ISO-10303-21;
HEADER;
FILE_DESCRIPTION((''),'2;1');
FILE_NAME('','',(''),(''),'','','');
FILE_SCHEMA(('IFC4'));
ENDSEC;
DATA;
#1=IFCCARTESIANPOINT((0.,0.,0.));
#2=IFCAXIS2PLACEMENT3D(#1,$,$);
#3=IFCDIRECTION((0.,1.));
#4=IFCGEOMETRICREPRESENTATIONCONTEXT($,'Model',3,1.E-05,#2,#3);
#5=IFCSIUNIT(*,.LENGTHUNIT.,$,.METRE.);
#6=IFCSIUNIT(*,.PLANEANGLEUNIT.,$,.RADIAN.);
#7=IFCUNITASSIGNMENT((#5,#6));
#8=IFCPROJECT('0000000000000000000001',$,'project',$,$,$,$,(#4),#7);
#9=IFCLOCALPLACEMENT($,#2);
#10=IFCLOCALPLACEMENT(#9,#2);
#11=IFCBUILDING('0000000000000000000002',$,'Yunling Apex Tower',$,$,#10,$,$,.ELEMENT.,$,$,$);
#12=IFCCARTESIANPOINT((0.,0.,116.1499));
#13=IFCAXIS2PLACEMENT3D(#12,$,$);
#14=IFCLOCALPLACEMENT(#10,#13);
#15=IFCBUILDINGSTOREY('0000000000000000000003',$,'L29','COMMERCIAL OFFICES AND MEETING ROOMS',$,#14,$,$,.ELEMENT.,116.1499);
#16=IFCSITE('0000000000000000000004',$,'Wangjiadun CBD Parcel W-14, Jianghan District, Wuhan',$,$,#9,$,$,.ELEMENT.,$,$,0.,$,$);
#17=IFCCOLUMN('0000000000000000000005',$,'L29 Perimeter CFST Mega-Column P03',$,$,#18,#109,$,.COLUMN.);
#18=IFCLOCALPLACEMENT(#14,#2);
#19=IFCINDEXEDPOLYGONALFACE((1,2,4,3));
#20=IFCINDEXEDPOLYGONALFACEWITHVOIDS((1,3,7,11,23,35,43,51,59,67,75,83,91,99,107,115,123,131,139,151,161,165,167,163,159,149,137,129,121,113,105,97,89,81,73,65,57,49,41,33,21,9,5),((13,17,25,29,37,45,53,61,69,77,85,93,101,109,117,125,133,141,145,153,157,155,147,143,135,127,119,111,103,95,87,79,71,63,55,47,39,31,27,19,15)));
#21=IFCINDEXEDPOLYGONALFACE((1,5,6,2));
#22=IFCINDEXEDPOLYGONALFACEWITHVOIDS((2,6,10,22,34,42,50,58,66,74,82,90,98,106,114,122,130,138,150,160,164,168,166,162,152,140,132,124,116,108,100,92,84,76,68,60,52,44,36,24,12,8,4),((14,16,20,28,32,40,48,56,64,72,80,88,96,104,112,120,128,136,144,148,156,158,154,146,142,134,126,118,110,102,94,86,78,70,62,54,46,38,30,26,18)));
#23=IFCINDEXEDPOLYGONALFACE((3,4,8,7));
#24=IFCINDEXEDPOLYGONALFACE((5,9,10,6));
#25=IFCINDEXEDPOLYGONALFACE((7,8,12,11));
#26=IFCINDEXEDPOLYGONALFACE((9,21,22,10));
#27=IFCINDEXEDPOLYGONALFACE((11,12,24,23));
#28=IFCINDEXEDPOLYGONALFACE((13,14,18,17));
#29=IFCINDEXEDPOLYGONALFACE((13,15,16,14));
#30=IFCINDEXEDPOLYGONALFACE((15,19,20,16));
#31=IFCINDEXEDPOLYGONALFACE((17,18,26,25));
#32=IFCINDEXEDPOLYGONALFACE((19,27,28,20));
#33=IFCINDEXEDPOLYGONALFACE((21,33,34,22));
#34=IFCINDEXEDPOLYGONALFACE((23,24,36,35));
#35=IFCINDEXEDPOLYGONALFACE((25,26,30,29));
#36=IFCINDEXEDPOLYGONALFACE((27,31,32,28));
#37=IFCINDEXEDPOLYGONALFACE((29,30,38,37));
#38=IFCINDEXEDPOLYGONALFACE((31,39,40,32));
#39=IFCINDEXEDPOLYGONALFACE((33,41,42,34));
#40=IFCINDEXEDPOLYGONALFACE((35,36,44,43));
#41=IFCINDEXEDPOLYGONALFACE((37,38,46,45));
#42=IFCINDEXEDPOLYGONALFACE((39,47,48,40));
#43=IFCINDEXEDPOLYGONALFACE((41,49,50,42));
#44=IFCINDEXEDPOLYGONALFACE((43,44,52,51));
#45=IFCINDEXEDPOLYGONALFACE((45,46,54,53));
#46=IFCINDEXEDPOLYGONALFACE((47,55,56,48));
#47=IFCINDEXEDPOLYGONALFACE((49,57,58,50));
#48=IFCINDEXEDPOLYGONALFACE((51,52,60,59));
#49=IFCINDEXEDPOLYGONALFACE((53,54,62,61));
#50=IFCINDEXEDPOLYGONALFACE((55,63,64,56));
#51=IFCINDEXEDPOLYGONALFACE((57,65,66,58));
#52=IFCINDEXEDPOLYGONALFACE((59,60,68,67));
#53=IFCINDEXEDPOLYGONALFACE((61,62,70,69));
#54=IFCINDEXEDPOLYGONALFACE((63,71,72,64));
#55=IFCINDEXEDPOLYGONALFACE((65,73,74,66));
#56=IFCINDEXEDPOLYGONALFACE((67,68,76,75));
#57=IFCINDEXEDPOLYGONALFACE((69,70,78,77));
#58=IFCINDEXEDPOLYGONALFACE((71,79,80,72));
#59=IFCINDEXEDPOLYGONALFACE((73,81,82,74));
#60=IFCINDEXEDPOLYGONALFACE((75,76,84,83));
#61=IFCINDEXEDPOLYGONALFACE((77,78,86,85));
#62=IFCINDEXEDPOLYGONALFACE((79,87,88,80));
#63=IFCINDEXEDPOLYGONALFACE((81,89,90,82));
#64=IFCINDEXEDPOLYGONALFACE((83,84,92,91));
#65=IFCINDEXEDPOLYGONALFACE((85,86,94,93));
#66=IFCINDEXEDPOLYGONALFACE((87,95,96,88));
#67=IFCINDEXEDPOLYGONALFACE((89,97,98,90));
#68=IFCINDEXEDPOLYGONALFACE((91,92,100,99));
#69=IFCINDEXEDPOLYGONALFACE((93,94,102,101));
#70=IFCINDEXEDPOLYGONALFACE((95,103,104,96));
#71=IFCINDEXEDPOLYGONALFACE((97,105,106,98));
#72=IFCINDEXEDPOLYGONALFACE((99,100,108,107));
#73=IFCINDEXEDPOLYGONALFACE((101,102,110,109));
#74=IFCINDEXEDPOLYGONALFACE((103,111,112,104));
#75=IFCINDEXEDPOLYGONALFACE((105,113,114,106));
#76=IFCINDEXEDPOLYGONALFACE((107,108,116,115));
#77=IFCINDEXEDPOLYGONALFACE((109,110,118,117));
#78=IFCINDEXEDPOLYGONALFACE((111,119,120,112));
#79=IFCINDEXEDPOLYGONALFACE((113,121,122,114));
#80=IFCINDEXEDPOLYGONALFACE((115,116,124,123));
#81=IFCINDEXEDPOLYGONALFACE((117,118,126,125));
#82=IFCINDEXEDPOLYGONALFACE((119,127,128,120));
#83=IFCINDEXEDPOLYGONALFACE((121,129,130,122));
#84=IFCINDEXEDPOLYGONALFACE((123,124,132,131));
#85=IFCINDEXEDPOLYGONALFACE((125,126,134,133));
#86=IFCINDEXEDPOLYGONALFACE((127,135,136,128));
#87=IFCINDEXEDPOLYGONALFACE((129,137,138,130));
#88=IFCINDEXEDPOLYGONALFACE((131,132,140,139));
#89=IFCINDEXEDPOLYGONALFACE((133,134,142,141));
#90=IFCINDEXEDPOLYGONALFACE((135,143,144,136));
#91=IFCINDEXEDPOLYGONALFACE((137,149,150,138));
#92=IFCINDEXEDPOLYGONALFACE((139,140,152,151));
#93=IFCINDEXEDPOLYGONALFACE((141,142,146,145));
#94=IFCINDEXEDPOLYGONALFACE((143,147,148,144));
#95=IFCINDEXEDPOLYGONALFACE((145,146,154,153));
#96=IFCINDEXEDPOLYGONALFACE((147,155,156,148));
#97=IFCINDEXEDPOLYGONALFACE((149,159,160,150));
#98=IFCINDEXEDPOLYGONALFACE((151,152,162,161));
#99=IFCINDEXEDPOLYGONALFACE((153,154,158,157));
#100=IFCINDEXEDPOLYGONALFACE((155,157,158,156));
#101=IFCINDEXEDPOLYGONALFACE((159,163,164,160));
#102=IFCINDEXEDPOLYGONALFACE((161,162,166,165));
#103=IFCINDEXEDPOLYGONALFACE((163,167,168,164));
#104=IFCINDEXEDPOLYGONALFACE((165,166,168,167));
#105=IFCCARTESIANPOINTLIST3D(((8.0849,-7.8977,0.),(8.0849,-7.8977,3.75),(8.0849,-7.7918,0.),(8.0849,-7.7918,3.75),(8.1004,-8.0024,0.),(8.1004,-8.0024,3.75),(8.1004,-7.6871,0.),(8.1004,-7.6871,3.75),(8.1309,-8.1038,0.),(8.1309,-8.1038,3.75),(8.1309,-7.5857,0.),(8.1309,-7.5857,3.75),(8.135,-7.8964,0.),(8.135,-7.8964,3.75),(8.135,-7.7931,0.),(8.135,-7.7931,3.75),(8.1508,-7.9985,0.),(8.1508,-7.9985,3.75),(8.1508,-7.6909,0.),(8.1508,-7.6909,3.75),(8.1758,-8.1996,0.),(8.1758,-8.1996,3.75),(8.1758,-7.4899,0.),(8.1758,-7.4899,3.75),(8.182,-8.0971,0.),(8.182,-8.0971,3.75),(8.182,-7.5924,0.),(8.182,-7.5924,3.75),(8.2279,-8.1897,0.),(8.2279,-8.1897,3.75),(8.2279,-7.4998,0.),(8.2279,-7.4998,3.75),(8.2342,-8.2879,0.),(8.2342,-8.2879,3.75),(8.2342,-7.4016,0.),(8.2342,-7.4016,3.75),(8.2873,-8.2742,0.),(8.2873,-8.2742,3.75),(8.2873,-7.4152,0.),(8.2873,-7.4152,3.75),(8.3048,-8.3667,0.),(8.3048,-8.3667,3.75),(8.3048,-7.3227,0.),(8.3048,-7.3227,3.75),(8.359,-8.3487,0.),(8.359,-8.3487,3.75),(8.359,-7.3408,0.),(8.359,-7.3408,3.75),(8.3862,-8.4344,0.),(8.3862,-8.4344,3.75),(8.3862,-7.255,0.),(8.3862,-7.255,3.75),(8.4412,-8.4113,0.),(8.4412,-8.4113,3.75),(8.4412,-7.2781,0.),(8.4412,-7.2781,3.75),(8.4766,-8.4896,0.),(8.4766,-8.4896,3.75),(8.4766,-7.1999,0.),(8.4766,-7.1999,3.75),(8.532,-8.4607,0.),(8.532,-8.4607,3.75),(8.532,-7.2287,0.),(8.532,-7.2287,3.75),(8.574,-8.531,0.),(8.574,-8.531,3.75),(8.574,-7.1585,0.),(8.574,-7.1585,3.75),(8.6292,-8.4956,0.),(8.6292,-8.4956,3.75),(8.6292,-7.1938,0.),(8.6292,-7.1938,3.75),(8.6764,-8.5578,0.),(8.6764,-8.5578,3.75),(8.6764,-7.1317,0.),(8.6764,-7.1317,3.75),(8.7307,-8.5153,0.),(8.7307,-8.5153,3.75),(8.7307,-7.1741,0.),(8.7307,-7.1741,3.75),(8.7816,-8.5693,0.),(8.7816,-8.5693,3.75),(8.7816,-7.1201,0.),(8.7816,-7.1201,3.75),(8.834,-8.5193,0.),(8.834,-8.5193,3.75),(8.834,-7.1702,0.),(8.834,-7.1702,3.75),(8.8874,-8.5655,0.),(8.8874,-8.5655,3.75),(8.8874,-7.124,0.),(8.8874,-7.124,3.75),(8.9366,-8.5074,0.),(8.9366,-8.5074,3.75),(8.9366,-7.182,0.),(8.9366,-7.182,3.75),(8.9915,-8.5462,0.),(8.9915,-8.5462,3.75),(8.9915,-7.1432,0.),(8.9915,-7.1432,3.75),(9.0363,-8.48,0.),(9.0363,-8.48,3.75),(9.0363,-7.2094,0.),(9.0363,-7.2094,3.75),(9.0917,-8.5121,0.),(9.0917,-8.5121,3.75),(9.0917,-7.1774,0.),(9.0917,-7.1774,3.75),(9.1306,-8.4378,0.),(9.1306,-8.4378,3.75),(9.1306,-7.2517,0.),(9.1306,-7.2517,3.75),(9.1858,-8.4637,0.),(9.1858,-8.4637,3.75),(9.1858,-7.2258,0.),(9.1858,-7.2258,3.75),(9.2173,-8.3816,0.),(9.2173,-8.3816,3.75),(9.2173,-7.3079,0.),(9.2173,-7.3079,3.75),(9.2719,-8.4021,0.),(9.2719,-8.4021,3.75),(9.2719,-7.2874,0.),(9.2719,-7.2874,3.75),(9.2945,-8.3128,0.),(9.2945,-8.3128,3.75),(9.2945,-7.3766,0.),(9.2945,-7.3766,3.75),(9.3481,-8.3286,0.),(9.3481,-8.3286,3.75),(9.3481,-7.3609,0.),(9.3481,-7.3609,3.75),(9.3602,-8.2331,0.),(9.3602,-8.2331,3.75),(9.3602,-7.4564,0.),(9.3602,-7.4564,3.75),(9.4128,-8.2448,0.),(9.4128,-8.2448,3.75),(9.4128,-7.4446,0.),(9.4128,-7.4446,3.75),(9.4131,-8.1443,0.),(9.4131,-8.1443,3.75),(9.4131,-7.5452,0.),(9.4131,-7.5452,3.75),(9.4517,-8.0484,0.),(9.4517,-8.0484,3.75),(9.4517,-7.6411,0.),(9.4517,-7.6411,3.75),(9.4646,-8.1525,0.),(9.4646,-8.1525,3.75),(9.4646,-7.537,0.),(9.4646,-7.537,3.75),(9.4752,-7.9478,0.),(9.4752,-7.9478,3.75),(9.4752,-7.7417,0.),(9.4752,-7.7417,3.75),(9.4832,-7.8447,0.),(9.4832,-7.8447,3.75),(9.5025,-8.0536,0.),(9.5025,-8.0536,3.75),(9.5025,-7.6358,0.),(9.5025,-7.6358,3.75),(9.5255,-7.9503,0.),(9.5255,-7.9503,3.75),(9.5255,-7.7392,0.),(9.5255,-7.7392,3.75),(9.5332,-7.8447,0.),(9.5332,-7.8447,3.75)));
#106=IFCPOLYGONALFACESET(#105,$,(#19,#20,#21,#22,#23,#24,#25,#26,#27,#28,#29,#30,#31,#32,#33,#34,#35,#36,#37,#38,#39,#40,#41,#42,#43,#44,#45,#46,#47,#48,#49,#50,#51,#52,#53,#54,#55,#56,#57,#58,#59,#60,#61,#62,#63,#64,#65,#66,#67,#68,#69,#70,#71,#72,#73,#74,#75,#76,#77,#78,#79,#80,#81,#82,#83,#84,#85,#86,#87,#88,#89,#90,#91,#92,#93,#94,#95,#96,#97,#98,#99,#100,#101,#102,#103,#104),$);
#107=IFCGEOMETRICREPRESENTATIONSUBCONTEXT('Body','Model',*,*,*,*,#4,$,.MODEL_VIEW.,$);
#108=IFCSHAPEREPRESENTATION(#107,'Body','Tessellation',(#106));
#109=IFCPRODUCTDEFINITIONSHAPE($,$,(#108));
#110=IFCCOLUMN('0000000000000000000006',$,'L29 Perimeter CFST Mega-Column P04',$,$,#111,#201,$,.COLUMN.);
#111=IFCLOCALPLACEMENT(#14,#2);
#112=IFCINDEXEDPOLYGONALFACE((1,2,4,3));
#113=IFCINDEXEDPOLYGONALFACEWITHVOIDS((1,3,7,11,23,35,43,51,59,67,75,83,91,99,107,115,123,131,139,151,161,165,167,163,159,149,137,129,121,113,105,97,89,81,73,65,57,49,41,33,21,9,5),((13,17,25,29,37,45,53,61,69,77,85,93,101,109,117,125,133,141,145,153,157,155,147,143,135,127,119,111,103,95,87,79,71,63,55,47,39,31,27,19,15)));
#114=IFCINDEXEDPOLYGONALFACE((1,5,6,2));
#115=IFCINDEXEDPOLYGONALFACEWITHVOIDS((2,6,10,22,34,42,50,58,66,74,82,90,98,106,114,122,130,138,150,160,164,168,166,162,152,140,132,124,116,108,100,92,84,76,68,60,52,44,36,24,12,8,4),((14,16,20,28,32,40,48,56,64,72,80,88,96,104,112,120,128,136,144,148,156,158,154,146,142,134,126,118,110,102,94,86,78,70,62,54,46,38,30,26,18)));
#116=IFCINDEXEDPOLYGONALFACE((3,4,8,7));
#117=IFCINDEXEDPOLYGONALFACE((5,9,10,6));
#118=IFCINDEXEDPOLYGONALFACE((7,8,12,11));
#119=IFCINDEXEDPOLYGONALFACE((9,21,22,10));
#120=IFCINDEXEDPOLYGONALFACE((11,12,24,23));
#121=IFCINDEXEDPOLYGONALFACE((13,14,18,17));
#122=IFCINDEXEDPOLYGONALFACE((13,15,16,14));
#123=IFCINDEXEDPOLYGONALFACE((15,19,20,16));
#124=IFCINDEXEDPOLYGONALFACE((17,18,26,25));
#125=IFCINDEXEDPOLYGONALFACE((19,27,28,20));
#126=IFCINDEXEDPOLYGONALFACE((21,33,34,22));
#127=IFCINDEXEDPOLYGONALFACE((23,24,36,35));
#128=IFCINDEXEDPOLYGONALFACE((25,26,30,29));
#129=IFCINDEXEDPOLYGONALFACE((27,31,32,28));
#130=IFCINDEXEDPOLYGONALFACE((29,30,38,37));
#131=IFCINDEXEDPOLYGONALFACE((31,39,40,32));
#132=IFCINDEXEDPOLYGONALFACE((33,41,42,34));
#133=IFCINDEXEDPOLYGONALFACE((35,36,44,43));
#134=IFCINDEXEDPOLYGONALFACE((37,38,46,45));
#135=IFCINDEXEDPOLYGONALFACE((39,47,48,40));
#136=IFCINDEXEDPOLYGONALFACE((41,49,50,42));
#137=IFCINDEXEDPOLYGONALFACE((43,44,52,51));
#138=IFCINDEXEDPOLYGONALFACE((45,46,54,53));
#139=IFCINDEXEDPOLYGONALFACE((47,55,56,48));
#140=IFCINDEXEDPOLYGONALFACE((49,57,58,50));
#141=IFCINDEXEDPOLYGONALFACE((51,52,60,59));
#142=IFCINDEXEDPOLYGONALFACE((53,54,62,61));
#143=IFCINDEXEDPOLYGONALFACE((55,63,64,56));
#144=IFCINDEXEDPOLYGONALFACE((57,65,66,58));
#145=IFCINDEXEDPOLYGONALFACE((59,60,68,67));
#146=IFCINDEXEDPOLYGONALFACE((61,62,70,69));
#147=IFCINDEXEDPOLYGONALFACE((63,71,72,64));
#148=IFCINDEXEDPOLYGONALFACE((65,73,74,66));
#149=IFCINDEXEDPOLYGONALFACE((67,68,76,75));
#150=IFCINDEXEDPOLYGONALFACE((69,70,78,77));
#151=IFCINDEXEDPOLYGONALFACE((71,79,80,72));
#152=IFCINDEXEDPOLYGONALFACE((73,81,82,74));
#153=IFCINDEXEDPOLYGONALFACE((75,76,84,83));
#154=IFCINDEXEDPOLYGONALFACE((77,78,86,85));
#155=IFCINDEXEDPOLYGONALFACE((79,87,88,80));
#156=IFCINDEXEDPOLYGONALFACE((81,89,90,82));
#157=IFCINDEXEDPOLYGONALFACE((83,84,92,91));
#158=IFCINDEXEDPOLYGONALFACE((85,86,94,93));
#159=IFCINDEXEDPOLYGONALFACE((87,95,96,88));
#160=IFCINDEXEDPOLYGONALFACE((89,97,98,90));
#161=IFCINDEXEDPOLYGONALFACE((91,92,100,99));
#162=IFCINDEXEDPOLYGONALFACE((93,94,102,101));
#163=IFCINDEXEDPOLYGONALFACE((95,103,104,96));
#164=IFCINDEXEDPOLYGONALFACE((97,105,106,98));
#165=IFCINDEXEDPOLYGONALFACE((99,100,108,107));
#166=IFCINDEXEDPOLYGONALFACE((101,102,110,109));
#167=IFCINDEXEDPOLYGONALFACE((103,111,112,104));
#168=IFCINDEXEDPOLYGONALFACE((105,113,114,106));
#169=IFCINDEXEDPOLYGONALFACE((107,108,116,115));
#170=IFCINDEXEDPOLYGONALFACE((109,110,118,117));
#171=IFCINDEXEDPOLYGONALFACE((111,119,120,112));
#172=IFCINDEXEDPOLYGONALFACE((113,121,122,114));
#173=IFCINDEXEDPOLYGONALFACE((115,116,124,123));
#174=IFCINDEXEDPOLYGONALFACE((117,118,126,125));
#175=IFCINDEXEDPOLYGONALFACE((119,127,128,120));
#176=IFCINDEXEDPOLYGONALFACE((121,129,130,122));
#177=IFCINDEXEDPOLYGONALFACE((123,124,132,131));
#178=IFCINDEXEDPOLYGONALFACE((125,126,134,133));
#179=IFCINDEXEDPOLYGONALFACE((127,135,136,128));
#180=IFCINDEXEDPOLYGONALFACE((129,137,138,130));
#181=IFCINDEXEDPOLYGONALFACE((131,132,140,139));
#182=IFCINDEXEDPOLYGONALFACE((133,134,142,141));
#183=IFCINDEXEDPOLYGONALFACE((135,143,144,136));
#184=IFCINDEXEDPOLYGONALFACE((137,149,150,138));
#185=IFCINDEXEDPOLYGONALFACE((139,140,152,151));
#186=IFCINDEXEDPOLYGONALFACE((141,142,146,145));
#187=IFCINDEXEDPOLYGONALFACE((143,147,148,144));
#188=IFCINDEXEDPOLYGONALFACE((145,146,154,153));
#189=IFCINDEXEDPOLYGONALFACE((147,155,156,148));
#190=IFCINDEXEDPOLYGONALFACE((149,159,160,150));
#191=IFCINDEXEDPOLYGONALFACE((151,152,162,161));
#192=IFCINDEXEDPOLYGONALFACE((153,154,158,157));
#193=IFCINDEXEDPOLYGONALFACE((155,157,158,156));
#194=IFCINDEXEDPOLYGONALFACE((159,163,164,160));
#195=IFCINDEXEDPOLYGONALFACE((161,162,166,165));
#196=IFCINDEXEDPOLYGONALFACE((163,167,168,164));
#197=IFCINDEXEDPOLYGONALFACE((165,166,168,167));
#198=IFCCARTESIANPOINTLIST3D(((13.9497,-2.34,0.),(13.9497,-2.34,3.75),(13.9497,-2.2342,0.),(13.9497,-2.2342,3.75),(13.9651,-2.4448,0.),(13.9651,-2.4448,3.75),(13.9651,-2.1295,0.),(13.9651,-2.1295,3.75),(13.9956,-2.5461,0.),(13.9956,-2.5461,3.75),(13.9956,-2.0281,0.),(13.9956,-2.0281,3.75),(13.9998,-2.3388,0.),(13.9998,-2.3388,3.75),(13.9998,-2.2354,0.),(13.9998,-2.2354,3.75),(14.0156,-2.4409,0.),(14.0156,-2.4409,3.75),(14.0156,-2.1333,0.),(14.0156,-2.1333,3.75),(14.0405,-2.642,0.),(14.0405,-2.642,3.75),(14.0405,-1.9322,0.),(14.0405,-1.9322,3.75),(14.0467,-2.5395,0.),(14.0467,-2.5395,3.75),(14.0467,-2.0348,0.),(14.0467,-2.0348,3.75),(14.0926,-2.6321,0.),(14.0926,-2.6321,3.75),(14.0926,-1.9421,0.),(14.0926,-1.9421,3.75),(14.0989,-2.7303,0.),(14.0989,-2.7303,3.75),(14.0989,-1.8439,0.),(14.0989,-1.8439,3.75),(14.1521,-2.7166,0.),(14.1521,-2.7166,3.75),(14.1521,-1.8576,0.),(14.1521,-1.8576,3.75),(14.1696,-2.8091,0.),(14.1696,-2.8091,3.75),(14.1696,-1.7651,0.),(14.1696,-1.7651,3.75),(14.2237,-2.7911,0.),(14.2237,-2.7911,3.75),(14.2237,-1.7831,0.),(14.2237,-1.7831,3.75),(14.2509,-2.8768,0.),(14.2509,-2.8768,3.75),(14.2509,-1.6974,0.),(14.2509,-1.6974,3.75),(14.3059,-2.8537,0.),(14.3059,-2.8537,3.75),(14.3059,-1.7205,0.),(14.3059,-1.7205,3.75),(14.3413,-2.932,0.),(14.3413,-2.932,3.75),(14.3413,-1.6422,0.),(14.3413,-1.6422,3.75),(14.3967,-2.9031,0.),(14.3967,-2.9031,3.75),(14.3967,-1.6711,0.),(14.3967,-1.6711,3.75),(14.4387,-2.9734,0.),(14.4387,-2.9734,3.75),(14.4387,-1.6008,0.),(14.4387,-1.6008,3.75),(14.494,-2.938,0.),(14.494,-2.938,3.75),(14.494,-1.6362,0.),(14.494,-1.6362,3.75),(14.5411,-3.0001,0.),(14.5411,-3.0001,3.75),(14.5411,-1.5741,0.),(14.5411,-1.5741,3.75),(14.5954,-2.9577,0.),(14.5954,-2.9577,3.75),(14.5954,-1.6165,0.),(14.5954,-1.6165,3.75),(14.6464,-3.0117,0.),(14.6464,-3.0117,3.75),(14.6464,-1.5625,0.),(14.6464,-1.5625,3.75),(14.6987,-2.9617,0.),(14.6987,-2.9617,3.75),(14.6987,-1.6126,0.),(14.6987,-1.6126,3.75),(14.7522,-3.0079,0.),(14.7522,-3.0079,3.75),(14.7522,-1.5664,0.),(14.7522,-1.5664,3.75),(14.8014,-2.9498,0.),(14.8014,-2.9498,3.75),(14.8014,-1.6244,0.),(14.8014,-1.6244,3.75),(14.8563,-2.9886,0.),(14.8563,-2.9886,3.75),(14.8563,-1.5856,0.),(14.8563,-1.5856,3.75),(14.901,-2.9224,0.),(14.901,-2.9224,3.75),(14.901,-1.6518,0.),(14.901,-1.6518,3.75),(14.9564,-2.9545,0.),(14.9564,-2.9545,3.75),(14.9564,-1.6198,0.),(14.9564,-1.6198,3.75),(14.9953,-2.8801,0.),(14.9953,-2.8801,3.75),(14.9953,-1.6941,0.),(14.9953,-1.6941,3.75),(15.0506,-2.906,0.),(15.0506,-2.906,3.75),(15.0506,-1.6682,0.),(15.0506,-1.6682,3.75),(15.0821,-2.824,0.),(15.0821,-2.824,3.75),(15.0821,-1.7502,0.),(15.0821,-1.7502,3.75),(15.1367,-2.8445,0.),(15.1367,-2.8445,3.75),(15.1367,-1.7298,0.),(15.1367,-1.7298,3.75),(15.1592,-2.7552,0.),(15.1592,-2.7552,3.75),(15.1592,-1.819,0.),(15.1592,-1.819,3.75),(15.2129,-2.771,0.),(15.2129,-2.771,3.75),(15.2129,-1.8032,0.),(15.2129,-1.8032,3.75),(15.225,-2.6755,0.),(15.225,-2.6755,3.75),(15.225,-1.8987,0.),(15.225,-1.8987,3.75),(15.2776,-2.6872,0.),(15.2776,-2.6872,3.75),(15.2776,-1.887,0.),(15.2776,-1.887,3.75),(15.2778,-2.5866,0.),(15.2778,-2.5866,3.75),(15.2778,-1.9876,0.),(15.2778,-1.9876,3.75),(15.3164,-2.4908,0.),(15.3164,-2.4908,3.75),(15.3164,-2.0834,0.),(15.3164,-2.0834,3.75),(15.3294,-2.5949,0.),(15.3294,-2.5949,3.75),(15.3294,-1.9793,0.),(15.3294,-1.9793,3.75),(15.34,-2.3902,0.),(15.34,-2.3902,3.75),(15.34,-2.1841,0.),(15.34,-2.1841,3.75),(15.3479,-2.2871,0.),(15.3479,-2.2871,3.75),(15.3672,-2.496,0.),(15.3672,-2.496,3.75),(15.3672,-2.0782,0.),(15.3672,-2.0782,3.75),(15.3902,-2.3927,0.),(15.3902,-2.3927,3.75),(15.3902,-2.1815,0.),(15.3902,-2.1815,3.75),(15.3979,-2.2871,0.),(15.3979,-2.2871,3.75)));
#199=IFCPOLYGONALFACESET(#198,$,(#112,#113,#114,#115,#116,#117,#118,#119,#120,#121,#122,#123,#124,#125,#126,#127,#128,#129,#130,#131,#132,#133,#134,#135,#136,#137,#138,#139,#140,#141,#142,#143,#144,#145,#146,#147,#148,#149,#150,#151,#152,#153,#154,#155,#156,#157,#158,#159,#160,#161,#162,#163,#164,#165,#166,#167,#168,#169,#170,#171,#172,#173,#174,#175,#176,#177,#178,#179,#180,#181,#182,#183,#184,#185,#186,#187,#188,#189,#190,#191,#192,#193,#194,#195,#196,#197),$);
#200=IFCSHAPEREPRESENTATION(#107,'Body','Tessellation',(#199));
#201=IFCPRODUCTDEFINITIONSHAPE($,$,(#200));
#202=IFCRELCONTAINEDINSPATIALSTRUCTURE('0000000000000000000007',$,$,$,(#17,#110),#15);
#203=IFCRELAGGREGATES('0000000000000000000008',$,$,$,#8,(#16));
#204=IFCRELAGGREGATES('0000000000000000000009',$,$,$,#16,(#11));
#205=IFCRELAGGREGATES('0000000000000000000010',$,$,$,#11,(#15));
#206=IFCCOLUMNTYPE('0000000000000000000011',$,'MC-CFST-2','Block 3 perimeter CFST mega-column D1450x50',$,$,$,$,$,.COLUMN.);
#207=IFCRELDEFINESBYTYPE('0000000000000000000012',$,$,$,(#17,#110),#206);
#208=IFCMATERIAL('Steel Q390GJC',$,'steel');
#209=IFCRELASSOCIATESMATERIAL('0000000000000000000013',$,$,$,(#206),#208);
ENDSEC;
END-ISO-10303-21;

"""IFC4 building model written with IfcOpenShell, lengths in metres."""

from ifc_helpers import new_model, si_unit, direction, frame, origin, origin_2d, place, context, subcontext, project, spatial, hollow_circle, extrude, source, transform, mapped, material, material_profile, profile_set, type_object, element, save


model = new_model("IFC4")

# Units and contexts
model_context = context("Model", 3, precision=1e-05, world=origin(), true_north=direction((0.0, 1.0)))
body_context = subcontext(model_context, "Body", "Model", "MODEL_VIEW")
ifc_project = project(units=[si_unit("LENGTHUNIT", "METRE"), si_unit("PLANEANGLEUNIT", "RADIAN")], contexts=[model_context])

# Site, building, storey
site_placement = place(None, origin())
site = spatial("IfcSite", under=ifc_project, at=site_placement, Name="Wangjiadun CBD Parcel W-14, Jianghan District, Wuhan", CompositionType="ELEMENT", RefElevation=0.0)
building_placement = place(site_placement, origin())
building = spatial("IfcBuilding", under=site, at=building_placement, Name="Yunling Apex Tower", CompositionType="ELEMENT")
storey_placement = place(building_placement, frame((0.0, 0.0, 116.1499)))
storey = spatial("IfcBuildingStorey", under=building, at=storey_placement, Name="L29", Description="COMMERCIAL OFFICES AND MEETING ROOMS", CompositionType="ELEMENT", Elevation=116.1499)

# Columns
ifc_material_1 = material(Name="Steel Q390GJC", Category="steel")
ifc_material_profile_1 = material_profile(ifc_material_1, hollow_circle(Radius=0.7251, WallThickness=0.05, at=origin_2d()))
ifc_profile_set_1 = profile_set([ifc_material_profile_1], Name="Steel Q390GJC")
column_type = type_object("IfcColumnType", Name="MC-CFST-2", Description="Block 3 perimeter CFST mega-column D1450x50", PredefinedType="COLUMN", material=ifc_profile_set_1)
shared_shape_1 = source(origin(), body_context, "Body", "SweptSolid", [
    extrude(hollow_circle(Radius=0.7251, WallThickness=0.05, at=origin_2d()), origin(), (0.0, 0.0, 1.0), 3.75),
])
for number, where, z_axis, x_axis, name in (
    (1, (8.8081, -7.8447, 0.0), (0.0, 0.0, 1.0), (1.0, 0.0, 0.0), "L29 Perimeter CFST Mega-Column P03"),
    (2, (14.6729, -2.2871, 0.0), (0.0, 0.0, 1.0), (1.0, 0.0, 0.0), "L29 Perimeter CFST Mega-Column P04"),
):
    element("IfcColumn", number, at=place(storey_placement, frame(where, z_axis=z_axis, x_axis=x_axis)), inside=storey, type_object=column_type, Name=name, PredefinedType="COLUMN", context=body_context, shape_type="MappedRepresentation", body=[
        mapped(shared_shape_1, transform((0.0, 0.0, 0.0), scale=1.0)),
    ])

save(model, "model.ifc")
